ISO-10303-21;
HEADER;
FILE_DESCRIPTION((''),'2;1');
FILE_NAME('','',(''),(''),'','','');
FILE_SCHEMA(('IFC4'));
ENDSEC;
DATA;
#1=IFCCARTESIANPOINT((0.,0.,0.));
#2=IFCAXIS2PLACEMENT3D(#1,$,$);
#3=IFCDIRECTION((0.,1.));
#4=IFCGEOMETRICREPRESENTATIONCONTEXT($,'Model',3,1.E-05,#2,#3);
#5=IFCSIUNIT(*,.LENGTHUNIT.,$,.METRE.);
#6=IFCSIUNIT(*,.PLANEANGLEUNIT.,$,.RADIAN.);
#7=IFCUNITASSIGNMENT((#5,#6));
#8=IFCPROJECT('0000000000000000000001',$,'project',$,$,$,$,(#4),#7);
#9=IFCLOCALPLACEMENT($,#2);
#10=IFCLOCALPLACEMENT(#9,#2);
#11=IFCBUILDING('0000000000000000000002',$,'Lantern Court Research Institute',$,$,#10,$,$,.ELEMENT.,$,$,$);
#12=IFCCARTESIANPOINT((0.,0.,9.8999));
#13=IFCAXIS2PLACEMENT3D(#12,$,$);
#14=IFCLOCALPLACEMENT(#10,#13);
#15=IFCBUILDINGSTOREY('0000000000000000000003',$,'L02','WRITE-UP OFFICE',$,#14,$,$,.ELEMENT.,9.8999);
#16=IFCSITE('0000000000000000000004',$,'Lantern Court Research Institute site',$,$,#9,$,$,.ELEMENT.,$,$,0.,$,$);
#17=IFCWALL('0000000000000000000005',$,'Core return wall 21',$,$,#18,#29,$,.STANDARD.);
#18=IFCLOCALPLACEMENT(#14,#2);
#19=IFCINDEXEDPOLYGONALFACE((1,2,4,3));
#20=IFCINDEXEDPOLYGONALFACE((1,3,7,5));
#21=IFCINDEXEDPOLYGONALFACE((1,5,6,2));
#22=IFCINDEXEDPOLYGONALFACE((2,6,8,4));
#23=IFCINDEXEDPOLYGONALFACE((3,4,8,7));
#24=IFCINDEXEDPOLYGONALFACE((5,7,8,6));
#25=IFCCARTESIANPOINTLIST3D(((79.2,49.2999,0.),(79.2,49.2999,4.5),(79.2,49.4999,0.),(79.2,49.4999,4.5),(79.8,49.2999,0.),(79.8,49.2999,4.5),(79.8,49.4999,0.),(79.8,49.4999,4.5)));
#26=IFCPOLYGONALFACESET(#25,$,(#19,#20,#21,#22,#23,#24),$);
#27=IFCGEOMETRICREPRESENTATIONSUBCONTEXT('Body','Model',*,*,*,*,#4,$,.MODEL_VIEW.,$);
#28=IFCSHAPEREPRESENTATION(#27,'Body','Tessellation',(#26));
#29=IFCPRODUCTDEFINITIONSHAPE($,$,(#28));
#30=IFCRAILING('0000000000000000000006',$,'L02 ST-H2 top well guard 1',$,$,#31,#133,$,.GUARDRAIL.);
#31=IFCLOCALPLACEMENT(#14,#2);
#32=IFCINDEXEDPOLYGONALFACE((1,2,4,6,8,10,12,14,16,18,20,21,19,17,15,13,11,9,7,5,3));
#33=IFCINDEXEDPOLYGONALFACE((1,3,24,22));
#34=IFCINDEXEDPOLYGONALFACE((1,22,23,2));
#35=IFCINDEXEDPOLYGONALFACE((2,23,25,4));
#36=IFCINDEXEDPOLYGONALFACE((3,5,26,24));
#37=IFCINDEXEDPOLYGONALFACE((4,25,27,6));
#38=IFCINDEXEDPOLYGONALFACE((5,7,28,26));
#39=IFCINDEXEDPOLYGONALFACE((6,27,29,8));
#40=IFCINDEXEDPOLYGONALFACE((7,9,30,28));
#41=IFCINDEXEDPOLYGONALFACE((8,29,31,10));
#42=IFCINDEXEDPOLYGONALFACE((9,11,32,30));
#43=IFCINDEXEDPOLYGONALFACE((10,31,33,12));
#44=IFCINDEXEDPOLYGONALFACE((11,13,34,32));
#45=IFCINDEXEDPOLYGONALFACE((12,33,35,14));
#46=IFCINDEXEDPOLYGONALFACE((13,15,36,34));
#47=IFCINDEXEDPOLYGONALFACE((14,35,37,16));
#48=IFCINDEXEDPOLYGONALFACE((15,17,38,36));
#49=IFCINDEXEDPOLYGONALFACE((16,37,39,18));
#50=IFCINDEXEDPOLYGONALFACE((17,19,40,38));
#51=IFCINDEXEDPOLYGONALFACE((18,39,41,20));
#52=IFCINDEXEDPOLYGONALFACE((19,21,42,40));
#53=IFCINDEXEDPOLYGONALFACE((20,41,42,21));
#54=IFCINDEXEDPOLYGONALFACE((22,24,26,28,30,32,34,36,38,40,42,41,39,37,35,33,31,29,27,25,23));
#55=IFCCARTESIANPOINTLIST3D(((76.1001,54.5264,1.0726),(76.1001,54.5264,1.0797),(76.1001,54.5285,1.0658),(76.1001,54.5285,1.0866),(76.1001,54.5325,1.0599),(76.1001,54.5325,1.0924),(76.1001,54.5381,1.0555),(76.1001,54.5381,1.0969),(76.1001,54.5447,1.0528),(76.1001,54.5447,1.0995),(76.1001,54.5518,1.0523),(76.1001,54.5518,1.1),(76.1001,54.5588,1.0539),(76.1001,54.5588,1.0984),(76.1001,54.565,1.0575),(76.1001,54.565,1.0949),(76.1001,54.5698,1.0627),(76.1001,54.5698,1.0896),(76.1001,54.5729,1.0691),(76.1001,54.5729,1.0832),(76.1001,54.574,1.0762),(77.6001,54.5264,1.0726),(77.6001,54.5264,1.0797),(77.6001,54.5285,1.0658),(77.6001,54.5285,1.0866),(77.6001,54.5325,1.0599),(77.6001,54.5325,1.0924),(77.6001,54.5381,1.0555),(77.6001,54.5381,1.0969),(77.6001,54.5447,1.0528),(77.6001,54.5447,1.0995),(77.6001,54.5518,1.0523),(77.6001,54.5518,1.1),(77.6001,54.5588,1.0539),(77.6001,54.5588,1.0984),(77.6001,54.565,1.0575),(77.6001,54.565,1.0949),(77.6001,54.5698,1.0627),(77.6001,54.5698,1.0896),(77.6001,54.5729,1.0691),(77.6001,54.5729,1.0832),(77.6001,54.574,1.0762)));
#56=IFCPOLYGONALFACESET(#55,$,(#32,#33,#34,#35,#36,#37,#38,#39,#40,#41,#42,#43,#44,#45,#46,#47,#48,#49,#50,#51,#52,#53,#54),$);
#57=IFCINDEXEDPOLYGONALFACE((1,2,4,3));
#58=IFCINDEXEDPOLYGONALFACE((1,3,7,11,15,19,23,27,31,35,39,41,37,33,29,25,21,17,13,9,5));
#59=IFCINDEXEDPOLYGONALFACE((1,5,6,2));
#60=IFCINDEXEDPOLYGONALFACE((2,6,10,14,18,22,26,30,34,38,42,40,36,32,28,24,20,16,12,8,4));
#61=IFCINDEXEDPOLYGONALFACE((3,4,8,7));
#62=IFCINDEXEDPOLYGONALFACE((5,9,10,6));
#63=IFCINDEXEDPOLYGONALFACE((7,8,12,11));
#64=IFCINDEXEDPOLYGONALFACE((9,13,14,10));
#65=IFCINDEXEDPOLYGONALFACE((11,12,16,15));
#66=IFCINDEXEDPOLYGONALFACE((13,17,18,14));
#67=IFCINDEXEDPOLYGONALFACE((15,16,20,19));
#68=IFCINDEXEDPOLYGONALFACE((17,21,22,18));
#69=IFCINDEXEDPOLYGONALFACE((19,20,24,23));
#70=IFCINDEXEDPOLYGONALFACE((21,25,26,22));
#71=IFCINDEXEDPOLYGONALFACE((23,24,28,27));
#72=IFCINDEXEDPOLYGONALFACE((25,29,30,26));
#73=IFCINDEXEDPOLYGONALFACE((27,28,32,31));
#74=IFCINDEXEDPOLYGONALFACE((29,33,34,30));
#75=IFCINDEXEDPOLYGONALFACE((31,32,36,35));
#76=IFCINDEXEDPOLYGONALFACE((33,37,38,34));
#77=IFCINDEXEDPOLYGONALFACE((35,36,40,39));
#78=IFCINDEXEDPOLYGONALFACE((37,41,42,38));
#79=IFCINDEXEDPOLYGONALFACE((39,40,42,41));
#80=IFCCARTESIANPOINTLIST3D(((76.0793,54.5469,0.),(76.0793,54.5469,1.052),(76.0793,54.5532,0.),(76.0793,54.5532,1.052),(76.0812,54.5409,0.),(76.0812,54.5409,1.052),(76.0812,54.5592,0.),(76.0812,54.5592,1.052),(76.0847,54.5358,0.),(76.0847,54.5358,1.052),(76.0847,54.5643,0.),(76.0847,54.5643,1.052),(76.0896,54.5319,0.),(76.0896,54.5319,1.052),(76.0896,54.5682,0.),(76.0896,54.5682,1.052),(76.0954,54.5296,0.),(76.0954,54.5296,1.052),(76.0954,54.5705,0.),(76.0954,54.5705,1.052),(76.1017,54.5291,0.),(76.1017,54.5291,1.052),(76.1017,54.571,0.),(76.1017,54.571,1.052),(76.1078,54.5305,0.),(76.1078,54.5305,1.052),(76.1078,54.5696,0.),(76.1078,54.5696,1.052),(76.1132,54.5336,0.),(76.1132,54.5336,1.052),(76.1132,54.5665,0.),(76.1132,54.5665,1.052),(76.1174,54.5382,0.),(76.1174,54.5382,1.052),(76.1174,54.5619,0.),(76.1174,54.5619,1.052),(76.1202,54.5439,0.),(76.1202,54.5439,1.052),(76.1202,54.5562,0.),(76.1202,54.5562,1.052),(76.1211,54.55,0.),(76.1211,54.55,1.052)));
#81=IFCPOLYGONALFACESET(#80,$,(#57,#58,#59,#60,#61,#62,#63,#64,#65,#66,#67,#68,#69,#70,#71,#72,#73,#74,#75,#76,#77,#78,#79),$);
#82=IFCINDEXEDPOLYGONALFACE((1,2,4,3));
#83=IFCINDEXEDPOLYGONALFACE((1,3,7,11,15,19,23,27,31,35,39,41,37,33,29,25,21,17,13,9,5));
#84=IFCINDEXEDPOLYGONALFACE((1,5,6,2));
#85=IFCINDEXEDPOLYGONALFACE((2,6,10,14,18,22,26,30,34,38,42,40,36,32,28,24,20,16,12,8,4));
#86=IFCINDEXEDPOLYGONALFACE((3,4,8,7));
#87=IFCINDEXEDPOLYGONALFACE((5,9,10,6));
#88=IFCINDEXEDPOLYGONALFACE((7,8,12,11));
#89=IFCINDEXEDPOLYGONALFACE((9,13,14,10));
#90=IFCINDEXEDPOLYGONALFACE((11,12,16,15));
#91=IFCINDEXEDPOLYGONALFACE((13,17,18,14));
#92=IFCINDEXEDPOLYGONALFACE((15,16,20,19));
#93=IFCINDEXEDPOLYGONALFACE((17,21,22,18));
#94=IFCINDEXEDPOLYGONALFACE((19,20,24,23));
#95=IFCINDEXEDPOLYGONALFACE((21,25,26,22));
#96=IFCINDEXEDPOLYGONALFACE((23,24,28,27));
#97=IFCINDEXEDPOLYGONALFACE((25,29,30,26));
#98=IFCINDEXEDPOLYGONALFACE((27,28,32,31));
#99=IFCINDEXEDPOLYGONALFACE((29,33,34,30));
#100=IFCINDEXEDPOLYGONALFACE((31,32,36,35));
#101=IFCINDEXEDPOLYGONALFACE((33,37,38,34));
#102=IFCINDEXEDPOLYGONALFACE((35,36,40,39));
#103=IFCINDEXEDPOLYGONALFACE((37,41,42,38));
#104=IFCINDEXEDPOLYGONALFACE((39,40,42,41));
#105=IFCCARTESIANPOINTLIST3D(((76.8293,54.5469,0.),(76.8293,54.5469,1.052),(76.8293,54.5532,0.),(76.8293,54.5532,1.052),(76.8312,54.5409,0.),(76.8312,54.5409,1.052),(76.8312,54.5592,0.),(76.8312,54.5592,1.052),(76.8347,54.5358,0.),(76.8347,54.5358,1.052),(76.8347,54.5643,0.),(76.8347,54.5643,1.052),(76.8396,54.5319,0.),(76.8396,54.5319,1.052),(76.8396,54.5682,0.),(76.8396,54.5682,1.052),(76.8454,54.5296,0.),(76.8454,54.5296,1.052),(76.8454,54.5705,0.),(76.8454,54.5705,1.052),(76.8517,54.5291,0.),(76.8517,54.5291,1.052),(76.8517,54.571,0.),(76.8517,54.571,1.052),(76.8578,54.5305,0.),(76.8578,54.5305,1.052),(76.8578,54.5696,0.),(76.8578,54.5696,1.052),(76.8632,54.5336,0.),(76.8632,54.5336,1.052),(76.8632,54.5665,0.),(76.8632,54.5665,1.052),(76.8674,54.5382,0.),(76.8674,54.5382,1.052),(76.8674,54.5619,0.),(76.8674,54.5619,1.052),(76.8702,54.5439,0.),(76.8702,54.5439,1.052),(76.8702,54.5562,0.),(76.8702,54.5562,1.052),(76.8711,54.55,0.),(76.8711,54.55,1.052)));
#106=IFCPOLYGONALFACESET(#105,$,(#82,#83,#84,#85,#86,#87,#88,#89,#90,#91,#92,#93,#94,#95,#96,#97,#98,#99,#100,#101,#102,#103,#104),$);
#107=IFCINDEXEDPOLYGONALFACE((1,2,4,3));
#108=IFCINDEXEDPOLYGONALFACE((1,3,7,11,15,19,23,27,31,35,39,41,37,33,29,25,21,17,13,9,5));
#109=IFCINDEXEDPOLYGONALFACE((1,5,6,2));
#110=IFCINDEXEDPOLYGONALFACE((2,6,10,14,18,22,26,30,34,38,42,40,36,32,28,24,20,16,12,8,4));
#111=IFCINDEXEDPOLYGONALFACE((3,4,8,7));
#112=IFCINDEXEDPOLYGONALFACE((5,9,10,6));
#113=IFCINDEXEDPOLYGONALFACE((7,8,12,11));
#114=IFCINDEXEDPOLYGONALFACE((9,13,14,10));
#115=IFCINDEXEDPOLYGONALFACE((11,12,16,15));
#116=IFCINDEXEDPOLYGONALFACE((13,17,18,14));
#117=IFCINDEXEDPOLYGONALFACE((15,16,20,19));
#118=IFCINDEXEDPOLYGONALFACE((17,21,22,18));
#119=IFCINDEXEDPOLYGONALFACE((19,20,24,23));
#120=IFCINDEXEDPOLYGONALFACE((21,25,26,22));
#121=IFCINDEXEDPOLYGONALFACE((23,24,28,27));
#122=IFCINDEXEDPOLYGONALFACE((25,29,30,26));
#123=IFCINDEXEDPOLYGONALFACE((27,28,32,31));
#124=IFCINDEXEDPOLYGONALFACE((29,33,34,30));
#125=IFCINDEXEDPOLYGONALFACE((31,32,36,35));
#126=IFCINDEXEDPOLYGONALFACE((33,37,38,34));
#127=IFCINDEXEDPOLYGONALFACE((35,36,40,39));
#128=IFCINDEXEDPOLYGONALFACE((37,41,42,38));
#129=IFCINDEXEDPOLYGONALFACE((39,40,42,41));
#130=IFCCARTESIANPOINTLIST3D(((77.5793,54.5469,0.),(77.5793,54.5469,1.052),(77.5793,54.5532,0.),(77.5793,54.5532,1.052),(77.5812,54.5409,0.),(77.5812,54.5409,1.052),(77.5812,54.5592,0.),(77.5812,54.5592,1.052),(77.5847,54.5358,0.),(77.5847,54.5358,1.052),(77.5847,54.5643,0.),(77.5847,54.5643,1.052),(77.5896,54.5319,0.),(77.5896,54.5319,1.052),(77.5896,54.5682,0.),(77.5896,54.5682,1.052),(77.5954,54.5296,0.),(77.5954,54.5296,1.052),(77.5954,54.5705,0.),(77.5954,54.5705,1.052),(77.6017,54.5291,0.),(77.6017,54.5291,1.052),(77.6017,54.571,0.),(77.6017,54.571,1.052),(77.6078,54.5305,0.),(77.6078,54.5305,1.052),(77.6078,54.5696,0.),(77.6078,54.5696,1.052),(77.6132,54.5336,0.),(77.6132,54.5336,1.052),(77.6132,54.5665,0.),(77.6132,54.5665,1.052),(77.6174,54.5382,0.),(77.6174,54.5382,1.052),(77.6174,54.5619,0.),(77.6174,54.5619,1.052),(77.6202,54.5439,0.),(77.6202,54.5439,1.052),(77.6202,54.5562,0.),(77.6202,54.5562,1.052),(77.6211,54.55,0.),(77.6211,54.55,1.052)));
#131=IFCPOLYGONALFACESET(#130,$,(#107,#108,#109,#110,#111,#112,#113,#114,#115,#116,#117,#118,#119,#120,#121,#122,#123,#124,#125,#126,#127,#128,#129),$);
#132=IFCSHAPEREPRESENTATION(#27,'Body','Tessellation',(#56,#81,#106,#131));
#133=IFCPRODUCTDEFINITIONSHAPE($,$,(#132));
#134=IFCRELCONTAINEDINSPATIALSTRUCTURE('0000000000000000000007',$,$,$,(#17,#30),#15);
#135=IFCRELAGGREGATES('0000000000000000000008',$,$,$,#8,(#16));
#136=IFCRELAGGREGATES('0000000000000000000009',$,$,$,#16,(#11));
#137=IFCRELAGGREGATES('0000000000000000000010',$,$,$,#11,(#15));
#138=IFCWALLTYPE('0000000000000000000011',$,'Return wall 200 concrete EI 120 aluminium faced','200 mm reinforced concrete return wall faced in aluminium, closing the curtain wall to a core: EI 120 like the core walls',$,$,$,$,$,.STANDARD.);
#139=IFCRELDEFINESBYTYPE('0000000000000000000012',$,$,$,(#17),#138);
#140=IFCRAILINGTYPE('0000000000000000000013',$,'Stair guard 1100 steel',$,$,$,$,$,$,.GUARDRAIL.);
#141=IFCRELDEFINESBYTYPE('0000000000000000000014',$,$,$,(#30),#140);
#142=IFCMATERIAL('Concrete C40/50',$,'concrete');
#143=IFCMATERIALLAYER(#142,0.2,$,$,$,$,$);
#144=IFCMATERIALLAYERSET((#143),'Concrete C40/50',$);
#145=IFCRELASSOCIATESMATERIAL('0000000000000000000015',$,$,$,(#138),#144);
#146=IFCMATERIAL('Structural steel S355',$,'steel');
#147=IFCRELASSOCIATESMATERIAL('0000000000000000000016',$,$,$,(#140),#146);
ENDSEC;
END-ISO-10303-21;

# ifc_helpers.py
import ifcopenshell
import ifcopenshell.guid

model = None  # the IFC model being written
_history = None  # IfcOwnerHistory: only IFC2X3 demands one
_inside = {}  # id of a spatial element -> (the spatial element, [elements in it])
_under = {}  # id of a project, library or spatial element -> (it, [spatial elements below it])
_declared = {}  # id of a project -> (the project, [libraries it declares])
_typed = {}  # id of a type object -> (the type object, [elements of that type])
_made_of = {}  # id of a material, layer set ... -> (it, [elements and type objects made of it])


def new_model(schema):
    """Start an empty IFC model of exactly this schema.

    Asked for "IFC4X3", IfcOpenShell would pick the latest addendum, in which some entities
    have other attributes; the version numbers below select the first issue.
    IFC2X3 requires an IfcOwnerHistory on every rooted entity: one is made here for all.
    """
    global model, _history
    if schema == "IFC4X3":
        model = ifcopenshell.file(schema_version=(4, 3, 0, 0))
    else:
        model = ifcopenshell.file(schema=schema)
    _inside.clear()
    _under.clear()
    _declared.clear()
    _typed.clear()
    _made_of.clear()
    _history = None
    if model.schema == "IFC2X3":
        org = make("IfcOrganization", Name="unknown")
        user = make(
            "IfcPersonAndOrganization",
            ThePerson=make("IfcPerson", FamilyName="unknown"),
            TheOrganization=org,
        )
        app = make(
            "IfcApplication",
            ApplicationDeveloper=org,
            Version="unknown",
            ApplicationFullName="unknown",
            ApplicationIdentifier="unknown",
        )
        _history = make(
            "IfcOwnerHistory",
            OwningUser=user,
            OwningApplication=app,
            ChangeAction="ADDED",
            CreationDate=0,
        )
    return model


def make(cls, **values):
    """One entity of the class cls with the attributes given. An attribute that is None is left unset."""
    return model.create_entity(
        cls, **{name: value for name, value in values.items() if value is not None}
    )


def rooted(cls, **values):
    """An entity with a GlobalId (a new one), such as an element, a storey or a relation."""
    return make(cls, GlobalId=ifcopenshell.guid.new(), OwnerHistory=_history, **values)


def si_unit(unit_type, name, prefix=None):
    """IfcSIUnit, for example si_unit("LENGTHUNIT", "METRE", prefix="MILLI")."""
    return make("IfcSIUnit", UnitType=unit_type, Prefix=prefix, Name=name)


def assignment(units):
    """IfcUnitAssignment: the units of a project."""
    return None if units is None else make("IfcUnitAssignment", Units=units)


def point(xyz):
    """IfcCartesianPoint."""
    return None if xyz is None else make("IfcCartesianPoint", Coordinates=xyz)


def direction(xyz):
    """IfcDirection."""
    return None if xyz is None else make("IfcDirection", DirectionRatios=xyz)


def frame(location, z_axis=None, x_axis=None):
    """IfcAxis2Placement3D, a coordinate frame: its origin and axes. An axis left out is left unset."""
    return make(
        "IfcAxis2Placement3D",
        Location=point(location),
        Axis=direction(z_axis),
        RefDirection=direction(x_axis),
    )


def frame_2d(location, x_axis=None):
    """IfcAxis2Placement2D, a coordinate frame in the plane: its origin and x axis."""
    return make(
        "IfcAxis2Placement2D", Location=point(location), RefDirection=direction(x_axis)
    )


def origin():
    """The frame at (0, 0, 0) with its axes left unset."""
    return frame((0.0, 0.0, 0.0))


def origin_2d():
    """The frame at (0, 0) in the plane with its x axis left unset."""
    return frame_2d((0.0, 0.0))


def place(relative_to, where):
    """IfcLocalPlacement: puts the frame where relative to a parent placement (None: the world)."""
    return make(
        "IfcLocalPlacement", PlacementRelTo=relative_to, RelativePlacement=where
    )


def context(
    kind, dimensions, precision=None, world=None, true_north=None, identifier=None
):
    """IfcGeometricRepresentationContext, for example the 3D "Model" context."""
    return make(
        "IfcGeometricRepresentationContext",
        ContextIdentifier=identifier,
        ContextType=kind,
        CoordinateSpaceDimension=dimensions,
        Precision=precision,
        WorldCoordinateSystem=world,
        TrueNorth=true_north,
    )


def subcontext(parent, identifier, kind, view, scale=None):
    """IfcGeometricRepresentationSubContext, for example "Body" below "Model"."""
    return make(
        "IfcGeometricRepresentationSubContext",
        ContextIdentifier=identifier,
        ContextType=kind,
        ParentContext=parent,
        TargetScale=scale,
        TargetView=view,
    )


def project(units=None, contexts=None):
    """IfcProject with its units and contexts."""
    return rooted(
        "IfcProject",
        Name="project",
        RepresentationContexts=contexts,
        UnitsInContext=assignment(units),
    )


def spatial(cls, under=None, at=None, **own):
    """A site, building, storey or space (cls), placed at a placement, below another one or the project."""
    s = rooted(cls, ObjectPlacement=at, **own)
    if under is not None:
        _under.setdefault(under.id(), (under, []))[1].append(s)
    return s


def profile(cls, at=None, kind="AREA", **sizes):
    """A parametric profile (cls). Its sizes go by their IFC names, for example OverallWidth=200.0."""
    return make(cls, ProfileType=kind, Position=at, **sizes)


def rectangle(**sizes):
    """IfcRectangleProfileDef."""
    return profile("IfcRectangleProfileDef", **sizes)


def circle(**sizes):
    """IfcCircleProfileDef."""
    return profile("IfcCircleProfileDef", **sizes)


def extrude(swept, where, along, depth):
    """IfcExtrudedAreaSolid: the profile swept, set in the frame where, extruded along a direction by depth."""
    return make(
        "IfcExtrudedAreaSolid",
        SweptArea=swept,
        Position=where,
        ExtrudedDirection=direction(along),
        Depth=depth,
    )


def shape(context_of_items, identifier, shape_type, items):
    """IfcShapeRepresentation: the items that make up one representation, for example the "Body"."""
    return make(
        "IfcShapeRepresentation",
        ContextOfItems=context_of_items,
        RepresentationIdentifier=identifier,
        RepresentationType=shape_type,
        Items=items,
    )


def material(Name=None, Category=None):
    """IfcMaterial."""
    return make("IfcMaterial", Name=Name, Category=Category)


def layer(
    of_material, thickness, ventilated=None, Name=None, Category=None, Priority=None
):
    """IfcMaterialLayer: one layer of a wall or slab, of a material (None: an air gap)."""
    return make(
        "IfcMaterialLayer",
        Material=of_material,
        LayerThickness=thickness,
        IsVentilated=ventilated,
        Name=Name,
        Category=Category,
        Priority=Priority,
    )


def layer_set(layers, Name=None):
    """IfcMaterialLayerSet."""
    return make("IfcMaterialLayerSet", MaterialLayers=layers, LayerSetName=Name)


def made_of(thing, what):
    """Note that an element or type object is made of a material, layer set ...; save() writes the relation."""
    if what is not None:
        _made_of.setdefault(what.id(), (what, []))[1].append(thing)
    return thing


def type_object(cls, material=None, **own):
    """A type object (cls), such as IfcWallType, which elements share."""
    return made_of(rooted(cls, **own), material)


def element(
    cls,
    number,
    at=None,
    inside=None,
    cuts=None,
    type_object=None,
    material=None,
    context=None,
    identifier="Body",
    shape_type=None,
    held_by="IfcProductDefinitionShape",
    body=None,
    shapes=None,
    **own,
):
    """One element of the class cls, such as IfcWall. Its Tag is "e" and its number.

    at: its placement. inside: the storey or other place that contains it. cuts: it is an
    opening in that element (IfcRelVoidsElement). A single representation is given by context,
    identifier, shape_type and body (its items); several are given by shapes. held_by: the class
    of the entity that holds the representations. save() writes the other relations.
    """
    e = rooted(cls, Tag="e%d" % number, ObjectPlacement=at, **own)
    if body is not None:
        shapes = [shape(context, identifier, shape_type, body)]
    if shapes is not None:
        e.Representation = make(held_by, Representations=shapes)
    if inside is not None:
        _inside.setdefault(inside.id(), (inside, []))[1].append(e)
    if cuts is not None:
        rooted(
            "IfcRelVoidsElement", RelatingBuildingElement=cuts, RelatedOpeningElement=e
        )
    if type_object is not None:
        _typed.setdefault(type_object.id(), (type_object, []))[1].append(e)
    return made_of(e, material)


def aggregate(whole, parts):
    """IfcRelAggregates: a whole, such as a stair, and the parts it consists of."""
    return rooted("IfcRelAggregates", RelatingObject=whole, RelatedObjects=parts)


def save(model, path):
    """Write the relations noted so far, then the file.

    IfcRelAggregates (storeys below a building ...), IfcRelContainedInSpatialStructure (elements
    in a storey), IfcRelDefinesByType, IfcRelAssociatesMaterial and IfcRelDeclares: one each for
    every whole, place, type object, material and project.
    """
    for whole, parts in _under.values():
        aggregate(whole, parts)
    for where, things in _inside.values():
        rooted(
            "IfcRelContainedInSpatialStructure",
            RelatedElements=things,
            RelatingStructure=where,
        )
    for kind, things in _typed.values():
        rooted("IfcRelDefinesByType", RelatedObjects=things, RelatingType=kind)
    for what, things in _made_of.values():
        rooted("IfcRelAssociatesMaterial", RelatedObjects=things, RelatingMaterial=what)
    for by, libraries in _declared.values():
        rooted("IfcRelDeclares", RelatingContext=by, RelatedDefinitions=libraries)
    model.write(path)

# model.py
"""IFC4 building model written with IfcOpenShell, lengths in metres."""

from ifc_helpers import new_model, si_unit, direction, frame, frame_2d, origin, origin_2d, place, context, subcontext, project, spatial, rectangle, circle, extrude, material, layer, layer_set, type_object, element, save


model = new_model("IFC4")

# Units and contexts
model_context = context("Model", 3, precision=1e-05, world=origin(), true_north=direction((0.0, 1.0)))
body_context = subcontext(model_context, "Body", "Model", "MODEL_VIEW")
ifc_project = project(units=[si_unit("LENGTHUNIT", "METRE"), si_unit("PLANEANGLEUNIT", "RADIAN")], contexts=[model_context])

# Site, building, storey
site_placement = place(None, origin())
site = spatial("IfcSite", under=ifc_project, at=site_placement, Name="Lantern Court Research Institute site", CompositionType="ELEMENT", RefElevation=0.0)
building_placement = place(site_placement, origin())
building = spatial("IfcBuilding", under=site, at=building_placement, Name="Lantern Court Research Institute", CompositionType="ELEMENT")
storey_placement = place(building_placement, frame((0.0, 0.0, 9.8999)))
storey = spatial("IfcBuildingStorey", under=building, at=storey_placement, Name="L02", Description="WRITE-UP OFFICE", CompositionType="ELEMENT", Elevation=9.8999)

# Wall
ifc_material_1 = material(Name="Concrete C40/50", Category="concrete")
ifc_layer_1 = layer(ifc_material_1, 0.2)
ifc_layer_set_1 = layer_set([ifc_layer_1], Name="Concrete C40/50")
wall_type_1 = type_object("IfcWallType", Name="Return wall 200 concrete EI 120 aluminium faced", Description="200 mm reinforced concrete return wall faced in aluminium, closing the curtain wall to a core: EI 120 like the core walls", PredefinedType="STANDARD", material=ifc_layer_set_1)
wall_1_placement = place(storey_placement, frame((79.2, 49.3999, 0.0), z_axis=(0.0, 0.0, 1.0), x_axis=(1.0, 0.0, 0.0)))
element("IfcWall", 1, at=wall_1_placement, inside=storey, type_object=wall_type_1, Name="Core return wall 21", PredefinedType="STANDARD", context=body_context, shape_type="SweptSolid", body=[
    extrude(rectangle(XDim=0.6001, YDim=0.2, at=frame_2d((0.3, 0.0))), origin(), (0.0, 0.0, 1.0), 4.5),
])

# Railing
ifc_material_2 = material(Name="Structural steel S355", Category="steel")
railing_type = type_object("IfcRailingType", Name="Stair guard 1100 steel", PredefinedType="GUARDRAIL", material=ifc_material_2)
railing_placement = place(storey_placement, frame((76.1001, 54.55, 0.0)))
element("IfcRailing", 2, at=railing_placement, inside=storey, type_object=railing_type, Name="L02 ST-H2 top well guard 1", PredefinedType="GUARDRAIL", context=body_context, shape_type="SweptSolid", body=[
    extrude(circle(Radius=0.0239, at=origin_2d()), frame((0.0, 0.0, 1.0762), z_axis=(1.0, 0.0, 0.0), x_axis=(0.0, 1.0, 0.0)), (0.0, 0.0, 1.0), 1.5),
    extrude(circle(Radius=0.021, at=origin_2d()), origin(), (0.0, 0.0, 1.0), 1.052),
    extrude(circle(Radius=0.021, at=origin_2d()), frame((0.75, 0.0, 0.0)), (0.0, 0.0, 1.0), 1.052),
    extrude(circle(Radius=0.021, at=origin_2d()), frame((1.5, 0.0, 0.0)), (0.0, 0.0, 1.0), 1.052),
])

save(model, "model.ifc")
